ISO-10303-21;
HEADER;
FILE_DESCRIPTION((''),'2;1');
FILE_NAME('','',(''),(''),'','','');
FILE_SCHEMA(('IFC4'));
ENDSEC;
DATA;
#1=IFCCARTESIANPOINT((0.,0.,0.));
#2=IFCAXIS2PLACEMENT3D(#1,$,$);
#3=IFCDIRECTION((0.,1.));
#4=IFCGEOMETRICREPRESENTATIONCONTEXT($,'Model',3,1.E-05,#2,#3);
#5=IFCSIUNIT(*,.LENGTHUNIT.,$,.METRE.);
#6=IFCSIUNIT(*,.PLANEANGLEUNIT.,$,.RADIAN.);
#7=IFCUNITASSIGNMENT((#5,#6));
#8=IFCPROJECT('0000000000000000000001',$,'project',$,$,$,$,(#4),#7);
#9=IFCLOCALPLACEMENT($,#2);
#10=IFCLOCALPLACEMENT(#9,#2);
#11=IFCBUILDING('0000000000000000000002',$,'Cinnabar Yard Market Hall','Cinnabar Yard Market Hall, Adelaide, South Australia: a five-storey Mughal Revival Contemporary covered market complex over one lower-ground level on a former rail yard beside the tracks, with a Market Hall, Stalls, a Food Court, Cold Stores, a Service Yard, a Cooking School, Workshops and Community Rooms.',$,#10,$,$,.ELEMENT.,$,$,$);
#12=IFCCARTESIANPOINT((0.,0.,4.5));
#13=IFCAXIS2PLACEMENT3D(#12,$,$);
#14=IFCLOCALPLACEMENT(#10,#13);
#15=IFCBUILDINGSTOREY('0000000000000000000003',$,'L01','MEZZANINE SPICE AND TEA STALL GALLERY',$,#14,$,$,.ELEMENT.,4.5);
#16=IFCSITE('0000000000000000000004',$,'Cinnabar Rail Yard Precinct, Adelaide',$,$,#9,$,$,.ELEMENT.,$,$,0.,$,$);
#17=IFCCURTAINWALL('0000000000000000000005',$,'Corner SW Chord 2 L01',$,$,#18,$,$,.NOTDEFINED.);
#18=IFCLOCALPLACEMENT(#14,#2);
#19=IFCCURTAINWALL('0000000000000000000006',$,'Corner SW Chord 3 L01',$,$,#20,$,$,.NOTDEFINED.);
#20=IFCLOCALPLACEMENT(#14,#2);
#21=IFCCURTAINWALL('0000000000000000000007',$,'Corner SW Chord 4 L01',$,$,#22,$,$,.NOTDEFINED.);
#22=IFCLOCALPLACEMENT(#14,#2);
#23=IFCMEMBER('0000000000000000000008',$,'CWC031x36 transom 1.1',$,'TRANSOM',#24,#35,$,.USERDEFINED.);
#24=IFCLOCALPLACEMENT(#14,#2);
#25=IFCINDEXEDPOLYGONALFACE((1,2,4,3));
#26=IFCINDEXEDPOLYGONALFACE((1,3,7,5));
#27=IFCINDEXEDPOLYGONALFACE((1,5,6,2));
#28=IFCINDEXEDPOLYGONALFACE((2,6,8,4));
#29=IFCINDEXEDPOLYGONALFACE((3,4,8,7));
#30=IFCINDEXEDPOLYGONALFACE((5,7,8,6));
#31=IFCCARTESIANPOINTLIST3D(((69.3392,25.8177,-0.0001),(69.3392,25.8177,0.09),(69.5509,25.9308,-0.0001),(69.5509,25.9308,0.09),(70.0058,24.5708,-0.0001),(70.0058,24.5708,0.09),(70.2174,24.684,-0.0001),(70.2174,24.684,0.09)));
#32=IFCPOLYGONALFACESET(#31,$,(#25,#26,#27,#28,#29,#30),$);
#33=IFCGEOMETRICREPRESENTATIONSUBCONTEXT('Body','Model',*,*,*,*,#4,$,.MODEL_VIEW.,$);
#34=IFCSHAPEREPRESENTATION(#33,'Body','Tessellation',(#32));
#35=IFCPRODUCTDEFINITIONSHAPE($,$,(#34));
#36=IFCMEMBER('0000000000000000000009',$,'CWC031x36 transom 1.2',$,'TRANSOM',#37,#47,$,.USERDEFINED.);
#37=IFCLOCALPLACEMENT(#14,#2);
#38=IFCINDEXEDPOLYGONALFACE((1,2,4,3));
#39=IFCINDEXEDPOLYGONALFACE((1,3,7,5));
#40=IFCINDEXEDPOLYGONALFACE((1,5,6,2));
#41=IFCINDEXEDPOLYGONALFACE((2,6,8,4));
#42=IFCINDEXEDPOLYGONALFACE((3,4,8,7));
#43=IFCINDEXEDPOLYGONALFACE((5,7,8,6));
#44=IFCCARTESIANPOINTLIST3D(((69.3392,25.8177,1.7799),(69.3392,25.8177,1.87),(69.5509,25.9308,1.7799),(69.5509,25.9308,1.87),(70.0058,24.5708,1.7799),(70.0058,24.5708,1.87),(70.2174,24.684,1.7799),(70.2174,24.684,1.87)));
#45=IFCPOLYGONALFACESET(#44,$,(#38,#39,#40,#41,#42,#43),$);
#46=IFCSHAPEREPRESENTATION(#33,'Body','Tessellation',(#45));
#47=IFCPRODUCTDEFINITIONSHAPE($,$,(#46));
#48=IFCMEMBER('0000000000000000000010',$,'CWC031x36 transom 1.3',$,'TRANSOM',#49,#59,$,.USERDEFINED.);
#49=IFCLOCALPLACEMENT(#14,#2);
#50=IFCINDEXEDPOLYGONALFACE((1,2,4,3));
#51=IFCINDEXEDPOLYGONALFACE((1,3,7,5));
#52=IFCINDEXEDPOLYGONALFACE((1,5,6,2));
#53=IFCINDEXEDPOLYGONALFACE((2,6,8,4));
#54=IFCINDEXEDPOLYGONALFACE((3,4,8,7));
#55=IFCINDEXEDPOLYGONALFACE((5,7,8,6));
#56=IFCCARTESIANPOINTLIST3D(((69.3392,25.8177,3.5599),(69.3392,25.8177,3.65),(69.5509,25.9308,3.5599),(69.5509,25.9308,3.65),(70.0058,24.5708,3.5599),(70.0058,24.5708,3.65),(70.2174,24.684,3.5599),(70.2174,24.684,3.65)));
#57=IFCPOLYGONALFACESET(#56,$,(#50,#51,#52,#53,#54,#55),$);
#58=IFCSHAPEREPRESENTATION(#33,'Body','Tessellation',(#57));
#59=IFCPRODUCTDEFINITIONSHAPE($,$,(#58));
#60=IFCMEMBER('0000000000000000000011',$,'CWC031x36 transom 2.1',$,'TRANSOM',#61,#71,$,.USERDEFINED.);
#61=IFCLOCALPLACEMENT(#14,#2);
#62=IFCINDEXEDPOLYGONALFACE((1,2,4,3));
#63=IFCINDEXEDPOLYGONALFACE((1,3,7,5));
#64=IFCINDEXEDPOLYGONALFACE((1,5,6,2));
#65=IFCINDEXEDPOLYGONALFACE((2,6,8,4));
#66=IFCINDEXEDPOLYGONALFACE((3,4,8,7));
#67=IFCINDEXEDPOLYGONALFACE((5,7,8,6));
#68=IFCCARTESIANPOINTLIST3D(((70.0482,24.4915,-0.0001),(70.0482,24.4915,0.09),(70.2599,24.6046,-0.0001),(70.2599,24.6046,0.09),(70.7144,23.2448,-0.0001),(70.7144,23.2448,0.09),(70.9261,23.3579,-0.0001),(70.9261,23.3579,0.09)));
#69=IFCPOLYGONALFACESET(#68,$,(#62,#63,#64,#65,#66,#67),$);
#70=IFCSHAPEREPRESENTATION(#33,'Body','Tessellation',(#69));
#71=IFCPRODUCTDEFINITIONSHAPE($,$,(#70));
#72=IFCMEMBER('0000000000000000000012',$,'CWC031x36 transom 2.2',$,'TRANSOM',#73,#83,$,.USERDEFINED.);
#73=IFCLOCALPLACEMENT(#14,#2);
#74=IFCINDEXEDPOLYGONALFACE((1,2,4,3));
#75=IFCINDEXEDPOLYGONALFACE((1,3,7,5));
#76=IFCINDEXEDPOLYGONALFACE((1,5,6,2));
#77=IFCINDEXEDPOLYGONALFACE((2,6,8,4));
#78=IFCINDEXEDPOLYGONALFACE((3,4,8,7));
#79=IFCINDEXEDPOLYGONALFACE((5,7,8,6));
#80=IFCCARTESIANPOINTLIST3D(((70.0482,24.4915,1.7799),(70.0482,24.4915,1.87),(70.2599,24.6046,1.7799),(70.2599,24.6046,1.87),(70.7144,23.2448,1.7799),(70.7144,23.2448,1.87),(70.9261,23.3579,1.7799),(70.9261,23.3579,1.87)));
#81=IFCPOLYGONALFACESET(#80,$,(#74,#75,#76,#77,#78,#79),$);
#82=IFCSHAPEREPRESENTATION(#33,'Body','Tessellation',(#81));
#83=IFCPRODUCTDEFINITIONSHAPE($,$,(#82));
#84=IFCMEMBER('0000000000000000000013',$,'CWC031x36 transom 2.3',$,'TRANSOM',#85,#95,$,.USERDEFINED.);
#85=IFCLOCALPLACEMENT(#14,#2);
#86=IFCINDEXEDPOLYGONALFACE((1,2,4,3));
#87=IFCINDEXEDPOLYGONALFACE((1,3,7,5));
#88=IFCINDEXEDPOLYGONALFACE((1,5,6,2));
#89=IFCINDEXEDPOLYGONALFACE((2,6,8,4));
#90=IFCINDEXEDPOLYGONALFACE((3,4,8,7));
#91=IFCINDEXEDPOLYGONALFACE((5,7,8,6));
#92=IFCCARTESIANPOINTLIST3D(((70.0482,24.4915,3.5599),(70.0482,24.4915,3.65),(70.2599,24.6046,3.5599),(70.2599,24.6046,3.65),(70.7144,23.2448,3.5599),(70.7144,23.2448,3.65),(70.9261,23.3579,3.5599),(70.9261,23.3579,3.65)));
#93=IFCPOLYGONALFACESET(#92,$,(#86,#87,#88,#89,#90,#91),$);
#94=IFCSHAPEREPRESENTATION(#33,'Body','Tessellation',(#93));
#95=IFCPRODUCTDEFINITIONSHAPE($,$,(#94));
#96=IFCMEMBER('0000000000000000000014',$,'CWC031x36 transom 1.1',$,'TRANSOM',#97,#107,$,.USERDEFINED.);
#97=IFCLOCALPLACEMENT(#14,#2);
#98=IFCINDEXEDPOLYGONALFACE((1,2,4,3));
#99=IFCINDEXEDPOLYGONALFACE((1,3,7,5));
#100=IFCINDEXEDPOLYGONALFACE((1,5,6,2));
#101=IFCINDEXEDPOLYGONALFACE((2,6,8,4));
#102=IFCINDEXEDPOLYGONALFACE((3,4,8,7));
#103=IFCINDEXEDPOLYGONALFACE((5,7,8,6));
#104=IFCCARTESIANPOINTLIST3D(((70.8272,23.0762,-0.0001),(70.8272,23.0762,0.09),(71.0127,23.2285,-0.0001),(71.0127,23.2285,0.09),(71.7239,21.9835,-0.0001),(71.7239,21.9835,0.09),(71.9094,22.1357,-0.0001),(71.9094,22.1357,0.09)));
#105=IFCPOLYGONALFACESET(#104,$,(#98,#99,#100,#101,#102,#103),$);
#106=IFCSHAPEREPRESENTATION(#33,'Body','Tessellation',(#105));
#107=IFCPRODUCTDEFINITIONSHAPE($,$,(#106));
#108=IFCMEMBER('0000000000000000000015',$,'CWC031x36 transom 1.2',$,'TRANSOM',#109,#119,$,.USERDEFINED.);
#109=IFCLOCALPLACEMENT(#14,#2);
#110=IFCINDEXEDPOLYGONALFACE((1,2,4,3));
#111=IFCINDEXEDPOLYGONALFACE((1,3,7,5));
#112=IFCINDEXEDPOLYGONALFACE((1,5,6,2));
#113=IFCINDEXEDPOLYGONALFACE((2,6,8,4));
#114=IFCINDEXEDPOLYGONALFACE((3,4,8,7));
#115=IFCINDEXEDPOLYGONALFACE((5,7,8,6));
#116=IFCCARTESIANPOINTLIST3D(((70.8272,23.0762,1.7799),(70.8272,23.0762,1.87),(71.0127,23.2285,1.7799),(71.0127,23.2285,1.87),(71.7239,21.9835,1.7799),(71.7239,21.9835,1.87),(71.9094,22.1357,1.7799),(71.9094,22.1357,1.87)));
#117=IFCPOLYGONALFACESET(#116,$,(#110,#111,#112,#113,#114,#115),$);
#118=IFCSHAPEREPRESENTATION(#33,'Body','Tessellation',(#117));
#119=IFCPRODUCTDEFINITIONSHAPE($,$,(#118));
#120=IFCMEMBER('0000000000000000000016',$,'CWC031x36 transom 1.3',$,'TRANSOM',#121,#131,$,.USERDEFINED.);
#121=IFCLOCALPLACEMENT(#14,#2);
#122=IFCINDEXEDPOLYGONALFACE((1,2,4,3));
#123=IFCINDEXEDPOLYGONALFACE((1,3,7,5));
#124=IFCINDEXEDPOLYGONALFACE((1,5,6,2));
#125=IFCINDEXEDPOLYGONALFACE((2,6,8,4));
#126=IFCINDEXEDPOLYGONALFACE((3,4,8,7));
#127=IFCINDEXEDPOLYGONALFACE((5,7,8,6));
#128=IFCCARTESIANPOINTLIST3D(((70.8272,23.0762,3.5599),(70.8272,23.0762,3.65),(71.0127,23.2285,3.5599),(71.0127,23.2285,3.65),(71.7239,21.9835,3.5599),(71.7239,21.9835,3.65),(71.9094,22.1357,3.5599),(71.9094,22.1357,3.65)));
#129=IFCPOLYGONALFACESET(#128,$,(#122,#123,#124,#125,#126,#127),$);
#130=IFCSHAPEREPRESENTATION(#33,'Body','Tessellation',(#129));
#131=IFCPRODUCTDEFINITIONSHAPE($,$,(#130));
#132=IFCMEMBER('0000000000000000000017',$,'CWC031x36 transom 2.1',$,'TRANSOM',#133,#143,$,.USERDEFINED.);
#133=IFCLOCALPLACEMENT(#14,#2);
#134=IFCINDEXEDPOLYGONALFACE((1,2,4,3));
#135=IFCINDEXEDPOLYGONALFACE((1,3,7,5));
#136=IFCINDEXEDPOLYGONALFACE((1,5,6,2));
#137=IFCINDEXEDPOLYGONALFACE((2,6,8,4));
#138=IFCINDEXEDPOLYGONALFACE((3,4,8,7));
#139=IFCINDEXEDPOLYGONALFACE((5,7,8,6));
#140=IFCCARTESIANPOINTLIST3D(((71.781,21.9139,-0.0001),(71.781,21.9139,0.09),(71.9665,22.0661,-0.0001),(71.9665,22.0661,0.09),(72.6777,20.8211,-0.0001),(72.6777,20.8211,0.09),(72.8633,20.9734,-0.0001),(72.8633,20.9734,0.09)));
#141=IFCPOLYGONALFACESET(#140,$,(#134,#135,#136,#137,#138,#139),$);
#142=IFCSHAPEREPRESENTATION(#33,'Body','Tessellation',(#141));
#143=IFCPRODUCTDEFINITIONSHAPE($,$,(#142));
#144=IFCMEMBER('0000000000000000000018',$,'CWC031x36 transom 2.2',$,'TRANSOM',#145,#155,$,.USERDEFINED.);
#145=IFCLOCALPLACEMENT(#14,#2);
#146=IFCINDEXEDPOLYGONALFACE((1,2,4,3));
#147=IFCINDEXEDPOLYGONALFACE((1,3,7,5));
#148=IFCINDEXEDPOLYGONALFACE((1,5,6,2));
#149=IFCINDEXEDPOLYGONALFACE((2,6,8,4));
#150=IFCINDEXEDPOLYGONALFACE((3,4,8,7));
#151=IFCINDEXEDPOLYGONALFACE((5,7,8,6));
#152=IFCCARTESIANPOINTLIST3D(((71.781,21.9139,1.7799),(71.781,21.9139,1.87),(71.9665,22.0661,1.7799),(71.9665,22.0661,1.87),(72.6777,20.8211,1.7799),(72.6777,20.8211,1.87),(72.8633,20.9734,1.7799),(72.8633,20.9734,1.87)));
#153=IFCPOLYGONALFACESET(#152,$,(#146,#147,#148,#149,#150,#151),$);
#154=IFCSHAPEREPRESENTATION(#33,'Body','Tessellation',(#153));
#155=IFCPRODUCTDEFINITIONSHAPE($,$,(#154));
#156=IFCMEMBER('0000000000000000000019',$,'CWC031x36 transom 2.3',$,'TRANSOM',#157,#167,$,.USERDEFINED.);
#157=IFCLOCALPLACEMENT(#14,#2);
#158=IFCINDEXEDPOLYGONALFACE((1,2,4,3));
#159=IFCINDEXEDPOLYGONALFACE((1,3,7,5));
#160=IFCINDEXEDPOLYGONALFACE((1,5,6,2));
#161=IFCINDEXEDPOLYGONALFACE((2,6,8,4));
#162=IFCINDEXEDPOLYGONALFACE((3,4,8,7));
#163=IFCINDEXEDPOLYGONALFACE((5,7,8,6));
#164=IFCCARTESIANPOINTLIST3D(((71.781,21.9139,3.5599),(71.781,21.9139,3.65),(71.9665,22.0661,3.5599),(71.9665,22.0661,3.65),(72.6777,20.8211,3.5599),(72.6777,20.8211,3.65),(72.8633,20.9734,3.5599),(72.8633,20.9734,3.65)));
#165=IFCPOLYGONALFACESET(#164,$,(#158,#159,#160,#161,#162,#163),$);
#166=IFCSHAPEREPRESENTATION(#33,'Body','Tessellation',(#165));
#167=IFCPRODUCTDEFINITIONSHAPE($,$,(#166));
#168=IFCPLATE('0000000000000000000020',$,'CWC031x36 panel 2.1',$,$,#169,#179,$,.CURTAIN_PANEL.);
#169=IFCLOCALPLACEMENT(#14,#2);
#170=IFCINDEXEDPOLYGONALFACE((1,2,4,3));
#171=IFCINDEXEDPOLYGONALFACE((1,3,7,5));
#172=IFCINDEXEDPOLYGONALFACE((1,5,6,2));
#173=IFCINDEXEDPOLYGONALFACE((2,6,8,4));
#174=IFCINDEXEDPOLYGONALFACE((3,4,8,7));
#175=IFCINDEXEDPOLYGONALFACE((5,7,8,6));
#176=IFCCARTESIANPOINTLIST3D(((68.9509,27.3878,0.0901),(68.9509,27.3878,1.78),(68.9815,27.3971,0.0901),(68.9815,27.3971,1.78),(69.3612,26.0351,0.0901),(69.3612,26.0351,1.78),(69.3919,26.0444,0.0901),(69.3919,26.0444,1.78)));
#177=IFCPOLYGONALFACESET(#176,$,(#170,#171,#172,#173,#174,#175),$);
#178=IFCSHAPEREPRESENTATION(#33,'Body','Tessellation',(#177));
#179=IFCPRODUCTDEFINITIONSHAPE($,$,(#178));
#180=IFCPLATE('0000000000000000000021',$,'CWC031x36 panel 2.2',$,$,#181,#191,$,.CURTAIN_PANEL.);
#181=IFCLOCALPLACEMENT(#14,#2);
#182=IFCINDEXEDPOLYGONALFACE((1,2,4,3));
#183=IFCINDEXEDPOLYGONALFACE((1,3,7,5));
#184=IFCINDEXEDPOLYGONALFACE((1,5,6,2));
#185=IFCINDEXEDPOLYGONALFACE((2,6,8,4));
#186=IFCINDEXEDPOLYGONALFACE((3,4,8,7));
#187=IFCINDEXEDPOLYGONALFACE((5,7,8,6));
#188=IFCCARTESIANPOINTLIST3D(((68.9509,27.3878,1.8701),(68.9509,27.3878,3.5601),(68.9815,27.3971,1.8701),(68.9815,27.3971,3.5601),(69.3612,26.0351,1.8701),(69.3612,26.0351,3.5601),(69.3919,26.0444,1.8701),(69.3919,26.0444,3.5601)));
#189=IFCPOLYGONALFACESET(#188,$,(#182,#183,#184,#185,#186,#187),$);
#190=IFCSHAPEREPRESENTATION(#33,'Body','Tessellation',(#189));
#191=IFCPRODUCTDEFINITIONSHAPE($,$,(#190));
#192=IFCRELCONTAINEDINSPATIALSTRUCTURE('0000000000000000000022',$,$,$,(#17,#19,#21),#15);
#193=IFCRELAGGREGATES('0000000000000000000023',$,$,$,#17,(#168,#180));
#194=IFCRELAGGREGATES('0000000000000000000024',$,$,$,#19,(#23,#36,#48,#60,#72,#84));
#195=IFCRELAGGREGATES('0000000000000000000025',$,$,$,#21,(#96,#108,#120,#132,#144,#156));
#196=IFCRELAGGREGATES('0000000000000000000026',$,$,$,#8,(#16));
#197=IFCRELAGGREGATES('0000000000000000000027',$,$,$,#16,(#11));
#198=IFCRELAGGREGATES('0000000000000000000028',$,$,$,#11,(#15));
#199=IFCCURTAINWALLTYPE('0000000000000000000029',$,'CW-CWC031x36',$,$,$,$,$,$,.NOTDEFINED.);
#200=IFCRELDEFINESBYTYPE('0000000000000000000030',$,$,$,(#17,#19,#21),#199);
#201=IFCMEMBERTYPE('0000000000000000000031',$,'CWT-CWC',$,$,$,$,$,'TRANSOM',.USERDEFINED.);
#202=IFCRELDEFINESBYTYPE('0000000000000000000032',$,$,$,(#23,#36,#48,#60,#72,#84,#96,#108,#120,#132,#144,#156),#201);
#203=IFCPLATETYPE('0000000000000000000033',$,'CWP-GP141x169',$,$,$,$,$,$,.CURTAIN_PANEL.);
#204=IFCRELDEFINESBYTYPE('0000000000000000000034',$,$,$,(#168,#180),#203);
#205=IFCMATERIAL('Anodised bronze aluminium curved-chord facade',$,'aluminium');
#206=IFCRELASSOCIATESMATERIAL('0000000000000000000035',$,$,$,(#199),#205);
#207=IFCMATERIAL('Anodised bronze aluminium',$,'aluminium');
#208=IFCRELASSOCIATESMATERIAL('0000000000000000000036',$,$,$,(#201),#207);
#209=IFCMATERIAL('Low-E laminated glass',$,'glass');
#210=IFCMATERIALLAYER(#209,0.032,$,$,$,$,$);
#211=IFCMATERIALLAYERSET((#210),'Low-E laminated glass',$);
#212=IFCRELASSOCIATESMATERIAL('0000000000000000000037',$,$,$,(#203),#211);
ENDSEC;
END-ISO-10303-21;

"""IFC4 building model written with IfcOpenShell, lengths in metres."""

from ifc_helpers import new_model, si_unit, direction, frame, origin, origin_2d_with_axis, place, context, subcontext, project, spatial, rectangle, extrude, material, layer, layer_set, material_profile, profile_set, type_object, element, aggregate, save


model = new_model("IFC4")

# Units and contexts
model_context = context("Model", 3, precision=1e-05, world=origin(), true_north=direction((0.0, 1.0)))
body_context = subcontext(model_context, "Body", "Model", "MODEL_VIEW")
ifc_project = project(units=[si_unit("LENGTHUNIT", "METRE"), si_unit("PLANEANGLEUNIT", "RADIAN")], contexts=[model_context])

# Site, building, storey
site_placement = place(None, origin())
site = spatial("IfcSite", under=ifc_project, at=site_placement, Name="Cinnabar Rail Yard Precinct, Adelaide", CompositionType="ELEMENT", RefElevation=0.0)
building_placement = place(site_placement, origin())
building = spatial("IfcBuilding", under=site, at=building_placement, Name="Cinnabar Yard Market Hall", Description="Cinnabar Yard Market Hall, Adelaide, South Australia: a five-storey Mughal Revival Contemporary covered market complex over one lower-ground level on a former rail yard beside the tracks, with a Market Hall, Stalls, a Food Court, Cold Stores, a Service Yard, a Cooking School, Workshops and Community Rooms.", CompositionType="ELEMENT")
storey_placement = place(building_placement, frame((0.0, 0.0, 4.5)))
storey = spatial("IfcBuildingStorey", under=building, at=storey_placement, Name="L01", Description="MEZZANINE SPICE AND TEA STALL GALLERY", CompositionType="ELEMENT", Elevation=4.5)

# Curtain wall
ifc_material_1 = material(Name="Anodised bronze aluminium curved-chord facade", Category="aluminium")
curtain_wall_type = type_object("IfcCurtainWallType", Name="CW-CWC031x36", PredefinedType="NOTDEFINED", material=ifc_material_1)
curtain_wall_1_placement = place(storey_placement, origin())
curtain_wall_1 = element("IfcCurtainWall", 1, at=curtain_wall_1_placement, inside=storey, type_object=curtain_wall_type, Name="Corner SW Chord 2 L01", PredefinedType="NOTDEFINED")
ifc_material_2 = material(Name="Anodised bronze aluminium", Category="aluminium")

# Curtain walls
curtain_wall_2_placement = place(storey_placement, origin())
curtain_wall_2 = element("IfcCurtainWall", 2, at=curtain_wall_2_placement, inside=storey, type_object=curtain_wall_type, Name="Corner SW Chord 3 L01", PredefinedType="NOTDEFINED")
curtain_wall_3_placement = place(storey_placement, origin())
curtain_wall_3 = element("IfcCurtainWall", 3, at=curtain_wall_3_placement, inside=storey, type_object=curtain_wall_type, Name="Corner SW Chord 4 L01", PredefinedType="NOTDEFINED")

# Members
ifc_material_profile_1 = material_profile(ifc_material_2, rectangle(XDim=0.24, YDim=0.0901, at=origin_2d_with_axis()), Name="TRN-CWC")
ifc_profile_set_1 = profile_set([ifc_material_profile_1], Name="Anodised bronze aluminium")
member_type_1 = type_object("IfcMemberType", Name="CWT-CWC", ElementType="TRANSOM", PredefinedType="USERDEFINED", material=ifc_profile_set_1)
member_1_placement = place(storey_placement, frame((69.4451, 25.8743, 0.0449), z_axis=(0.471431, -0.881903, 0.0), x_axis=(0.881903, 0.471431, 0.0)))
member_1 = element("IfcMember", 4, at=member_1_placement, type_object=member_type_1, Name="CWC031x36 transom 1.1", ObjectType="TRANSOM", PredefinedType="USERDEFINED", context=body_context, shape_type="SweptSolid", body=[
    extrude(rectangle(XDim=0.24, YDim=0.0901, at=origin_2d_with_axis()), origin(), (0.0, 0.0, 1.0), 1.4138),
])
member_2_placement = place(storey_placement, frame((69.4451, 25.8743, 1.825), z_axis=(0.471431, -0.881903, 0.0), x_axis=(0.881903, 0.471431, 0.0)))
member_2 = element("IfcMember", 5, at=member_2_placement, type_object=member_type_1, Name="CWC031x36 transom 1.2", ObjectType="TRANSOM", PredefinedType="USERDEFINED", context=body_context, shape_type="SweptSolid", body=[
    extrude(rectangle(XDim=0.24, YDim=0.0901, at=origin_2d_with_axis()), origin(), (0.0, 0.0, 1.0), 1.4138),
])
member_3_placement = place(storey_placement, frame((69.4451, 25.8743, 3.605), z_axis=(0.471431, -0.881903, 0.0), x_axis=(0.881903, 0.471431, 0.0)))
member_3 = element("IfcMember", 6, at=member_3_placement, type_object=member_type_1, Name="CWC031x36 transom 1.3", ObjectType="TRANSOM", PredefinedType="USERDEFINED", context=body_context, shape_type="SweptSolid", body=[
    extrude(rectangle(XDim=0.24, YDim=0.0901, at=origin_2d_with_axis()), origin(), (0.0, 0.0, 1.0), 1.4138),
])
member_4_placement = place(storey_placement, frame((70.1541, 24.5481, 0.0449), z_axis=(0.471296, -0.881975, 0.0), x_axis=(0.881975, 0.471296, 0.0)))
member_4 = element("IfcMember", 7, at=member_4_placement, type_object=member_type_1, Name="CWC031x36 transom 2.1", ObjectType="TRANSOM", PredefinedType="USERDEFINED", context=body_context, shape_type="SweptSolid", body=[
    extrude(rectangle(XDim=0.24, YDim=0.0901, at=origin_2d_with_axis()), origin(), (0.0, 0.0, 1.0), 1.4136),
])
member_5_placement = place(storey_placement, frame((70.1541, 24.5481, 1.825), z_axis=(0.471296, -0.881975, 0.0), x_axis=(0.881975, 0.471296, 0.0)))
member_5 = element("IfcMember", 8, at=member_5_placement, type_object=member_type_1, Name="CWC031x36 transom 2.2", ObjectType="TRANSOM", PredefinedType="USERDEFINED", context=body_context, shape_type="SweptSolid", body=[
    extrude(rectangle(XDim=0.24, YDim=0.0901, at=origin_2d_with_axis()), origin(), (0.0, 0.0, 1.0), 1.4136),
])
member_6_placement = place(storey_placement, frame((70.1541, 24.5481, 3.605), z_axis=(0.471296, -0.881975, 0.0), x_axis=(0.881975, 0.471296, 0.0)))
member_6 = element("IfcMember", 9, at=member_6_placement, type_object=member_type_1, Name="CWC031x36 transom 2.3", ObjectType="TRANSOM", PredefinedType="USERDEFINED", context=body_context, shape_type="SweptSolid", body=[
    extrude(rectangle(XDim=0.24, YDim=0.0901, at=origin_2d_with_axis()), origin(), (0.0, 0.0, 1.0), 1.4136),
])
member_7_placement = place(storey_placement, frame((70.9199, 23.1523, 0.0449), z_axis=(0.634356, -0.773041, 0.0), x_axis=(0.773041, 0.634356, 0.0)))
member_7 = element("IfcMember", 10, at=member_7_placement, type_object=member_type_1, Name="CWC031x36 transom 1.1", ObjectType="TRANSOM", PredefinedType="USERDEFINED", context=body_context, shape_type="SweptSolid", body=[
    extrude(rectangle(XDim=0.24, YDim=0.0901, at=origin_2d_with_axis()), origin(), (0.0, 0.0, 1.0), 1.4136),
])
member_8_placement = place(storey_placement, frame((70.9199, 23.1523, 1.825), z_axis=(0.634356, -0.773041, 0.0), x_axis=(0.773041, 0.634356, 0.0)))
member_8 = element("IfcMember", 11, at=member_8_placement, type_object=member_type_1, Name="CWC031x36 transom 1.2", ObjectType="TRANSOM", PredefinedType="USERDEFINED", context=body_context, shape_type="SweptSolid", body=[
    extrude(rectangle(XDim=0.24, YDim=0.0901, at=origin_2d_with_axis()), origin(), (0.0, 0.0, 1.0), 1.4136),
])
member_9_placement = place(storey_placement, frame((70.9199, 23.1523, 3.605), z_axis=(0.634356, -0.773041, 0.0), x_axis=(0.773041, 0.634356, 0.0)))
member_9 = element("IfcMember", 12, at=member_9_placement, type_object=member_type_1, Name="CWC031x36 transom 1.3", ObjectType="TRANSOM", PredefinedType="USERDEFINED", context=body_context, shape_type="SweptSolid", body=[
    extrude(rectangle(XDim=0.24, YDim=0.0901, at=origin_2d_with_axis()), origin(), (0.0, 0.0, 1.0), 1.4136),
])
member_10_placement = place(storey_placement, frame((71.8738, 21.99, 0.0449), z_axis=(0.634356, -0.773041, 0.0), x_axis=(0.773041, 0.634356, 0.0)))
member_10 = element("IfcMember", 13, at=member_10_placement, type_object=member_type_1, Name="CWC031x36 transom 2.1", ObjectType="TRANSOM", PredefinedType="USERDEFINED", context=body_context, shape_type="SweptSolid", body=[
    extrude(rectangle(XDim=0.24, YDim=0.0901, at=origin_2d_with_axis()), origin(), (0.0, 0.0, 1.0), 1.4136),
])
member_11_placement = place(storey_placement, frame((71.8738, 21.99, 1.825), z_axis=(0.634356, -0.773041, 0.0), x_axis=(0.773041, 0.634356, 0.0)))
member_11 = element("IfcMember", 14, at=member_11_placement, type_object=member_type_1, Name="CWC031x36 transom 2.2", ObjectType="TRANSOM", PredefinedType="USERDEFINED", context=body_context, shape_type="SweptSolid", body=[
    extrude(rectangle(XDim=0.24, YDim=0.0901, at=origin_2d_with_axis()), origin(), (0.0, 0.0, 1.0), 1.4136),
])
member_12_placement = place(storey_placement, frame((71.8738, 21.99, 3.605), z_axis=(0.634356, -0.773041, 0.0), x_axis=(0.773041, 0.634356, 0.0)))
member_12 = element("IfcMember", 15, at=member_12_placement, type_object=member_type_1, Name="CWC031x36 transom 2.3", ObjectType="TRANSOM", PredefinedType="USERDEFINED", context=body_context, shape_type="SweptSolid", body=[
    extrude(rectangle(XDim=0.24, YDim=0.0901, at=origin_2d_with_axis()), origin(), (0.0, 0.0, 1.0), 1.4136),
])

# Plates
ifc_material_3 = material(Name="Low-E laminated glass", Category="glass")
ifc_layer = layer(ifc_material_3, 0.032)
ifc_layer_set = layer_set([ifc_layer], Name="Low-E laminated glass")
plate_type = type_object("IfcPlateType", Name="CWP-GP141x169", PredefinedType="CURTAIN_PANEL", material=ifc_layer_set)
plate_1_placement = place(storey_placement, frame((69.1714, 26.7161, 0.0901), z_axis=(0.0, 0.0, 1.0), x_axis=(0.290279, -0.956942, 0.0)))
plate_1 = element("IfcPlate", 16, at=plate_1_placement, type_object=plate_type, Name="CWC031x36 panel 2.1", PredefinedType="CURTAIN_PANEL", context=body_context, shape_type="SweptSolid", body=[
    extrude(rectangle(XDim=1.4136, YDim=0.032, at=origin_2d_with_axis()), origin(), (0.0, 0.0, 1.0), 1.6899),
])
plate_2_placement = place(storey_placement, frame((69.1714, 26.7161, 1.8701), z_axis=(0.0, 0.0, 1.0), x_axis=(0.290279, -0.956942, 0.0)))
plate_2 = element("IfcPlate", 17, at=plate_2_placement, type_object=plate_type, Name="CWC031x36 panel 2.2", PredefinedType="CURTAIN_PANEL", context=body_context, shape_type="SweptSolid", body=[
    extrude(rectangle(XDim=1.4136, YDim=0.032, at=origin_2d_with_axis()), origin(), (0.0, 0.0, 1.0), 1.6899),
])
aggregate(curtain_wall_1, [plate_1, plate_2])
aggregate(curtain_wall_2, [member_1, member_2, member_3, member_4, member_5, member_6])
aggregate(curtain_wall_3, [member_7, member_8, member_9, member_10, member_11, member_12])

save(model, "model.ifc")
